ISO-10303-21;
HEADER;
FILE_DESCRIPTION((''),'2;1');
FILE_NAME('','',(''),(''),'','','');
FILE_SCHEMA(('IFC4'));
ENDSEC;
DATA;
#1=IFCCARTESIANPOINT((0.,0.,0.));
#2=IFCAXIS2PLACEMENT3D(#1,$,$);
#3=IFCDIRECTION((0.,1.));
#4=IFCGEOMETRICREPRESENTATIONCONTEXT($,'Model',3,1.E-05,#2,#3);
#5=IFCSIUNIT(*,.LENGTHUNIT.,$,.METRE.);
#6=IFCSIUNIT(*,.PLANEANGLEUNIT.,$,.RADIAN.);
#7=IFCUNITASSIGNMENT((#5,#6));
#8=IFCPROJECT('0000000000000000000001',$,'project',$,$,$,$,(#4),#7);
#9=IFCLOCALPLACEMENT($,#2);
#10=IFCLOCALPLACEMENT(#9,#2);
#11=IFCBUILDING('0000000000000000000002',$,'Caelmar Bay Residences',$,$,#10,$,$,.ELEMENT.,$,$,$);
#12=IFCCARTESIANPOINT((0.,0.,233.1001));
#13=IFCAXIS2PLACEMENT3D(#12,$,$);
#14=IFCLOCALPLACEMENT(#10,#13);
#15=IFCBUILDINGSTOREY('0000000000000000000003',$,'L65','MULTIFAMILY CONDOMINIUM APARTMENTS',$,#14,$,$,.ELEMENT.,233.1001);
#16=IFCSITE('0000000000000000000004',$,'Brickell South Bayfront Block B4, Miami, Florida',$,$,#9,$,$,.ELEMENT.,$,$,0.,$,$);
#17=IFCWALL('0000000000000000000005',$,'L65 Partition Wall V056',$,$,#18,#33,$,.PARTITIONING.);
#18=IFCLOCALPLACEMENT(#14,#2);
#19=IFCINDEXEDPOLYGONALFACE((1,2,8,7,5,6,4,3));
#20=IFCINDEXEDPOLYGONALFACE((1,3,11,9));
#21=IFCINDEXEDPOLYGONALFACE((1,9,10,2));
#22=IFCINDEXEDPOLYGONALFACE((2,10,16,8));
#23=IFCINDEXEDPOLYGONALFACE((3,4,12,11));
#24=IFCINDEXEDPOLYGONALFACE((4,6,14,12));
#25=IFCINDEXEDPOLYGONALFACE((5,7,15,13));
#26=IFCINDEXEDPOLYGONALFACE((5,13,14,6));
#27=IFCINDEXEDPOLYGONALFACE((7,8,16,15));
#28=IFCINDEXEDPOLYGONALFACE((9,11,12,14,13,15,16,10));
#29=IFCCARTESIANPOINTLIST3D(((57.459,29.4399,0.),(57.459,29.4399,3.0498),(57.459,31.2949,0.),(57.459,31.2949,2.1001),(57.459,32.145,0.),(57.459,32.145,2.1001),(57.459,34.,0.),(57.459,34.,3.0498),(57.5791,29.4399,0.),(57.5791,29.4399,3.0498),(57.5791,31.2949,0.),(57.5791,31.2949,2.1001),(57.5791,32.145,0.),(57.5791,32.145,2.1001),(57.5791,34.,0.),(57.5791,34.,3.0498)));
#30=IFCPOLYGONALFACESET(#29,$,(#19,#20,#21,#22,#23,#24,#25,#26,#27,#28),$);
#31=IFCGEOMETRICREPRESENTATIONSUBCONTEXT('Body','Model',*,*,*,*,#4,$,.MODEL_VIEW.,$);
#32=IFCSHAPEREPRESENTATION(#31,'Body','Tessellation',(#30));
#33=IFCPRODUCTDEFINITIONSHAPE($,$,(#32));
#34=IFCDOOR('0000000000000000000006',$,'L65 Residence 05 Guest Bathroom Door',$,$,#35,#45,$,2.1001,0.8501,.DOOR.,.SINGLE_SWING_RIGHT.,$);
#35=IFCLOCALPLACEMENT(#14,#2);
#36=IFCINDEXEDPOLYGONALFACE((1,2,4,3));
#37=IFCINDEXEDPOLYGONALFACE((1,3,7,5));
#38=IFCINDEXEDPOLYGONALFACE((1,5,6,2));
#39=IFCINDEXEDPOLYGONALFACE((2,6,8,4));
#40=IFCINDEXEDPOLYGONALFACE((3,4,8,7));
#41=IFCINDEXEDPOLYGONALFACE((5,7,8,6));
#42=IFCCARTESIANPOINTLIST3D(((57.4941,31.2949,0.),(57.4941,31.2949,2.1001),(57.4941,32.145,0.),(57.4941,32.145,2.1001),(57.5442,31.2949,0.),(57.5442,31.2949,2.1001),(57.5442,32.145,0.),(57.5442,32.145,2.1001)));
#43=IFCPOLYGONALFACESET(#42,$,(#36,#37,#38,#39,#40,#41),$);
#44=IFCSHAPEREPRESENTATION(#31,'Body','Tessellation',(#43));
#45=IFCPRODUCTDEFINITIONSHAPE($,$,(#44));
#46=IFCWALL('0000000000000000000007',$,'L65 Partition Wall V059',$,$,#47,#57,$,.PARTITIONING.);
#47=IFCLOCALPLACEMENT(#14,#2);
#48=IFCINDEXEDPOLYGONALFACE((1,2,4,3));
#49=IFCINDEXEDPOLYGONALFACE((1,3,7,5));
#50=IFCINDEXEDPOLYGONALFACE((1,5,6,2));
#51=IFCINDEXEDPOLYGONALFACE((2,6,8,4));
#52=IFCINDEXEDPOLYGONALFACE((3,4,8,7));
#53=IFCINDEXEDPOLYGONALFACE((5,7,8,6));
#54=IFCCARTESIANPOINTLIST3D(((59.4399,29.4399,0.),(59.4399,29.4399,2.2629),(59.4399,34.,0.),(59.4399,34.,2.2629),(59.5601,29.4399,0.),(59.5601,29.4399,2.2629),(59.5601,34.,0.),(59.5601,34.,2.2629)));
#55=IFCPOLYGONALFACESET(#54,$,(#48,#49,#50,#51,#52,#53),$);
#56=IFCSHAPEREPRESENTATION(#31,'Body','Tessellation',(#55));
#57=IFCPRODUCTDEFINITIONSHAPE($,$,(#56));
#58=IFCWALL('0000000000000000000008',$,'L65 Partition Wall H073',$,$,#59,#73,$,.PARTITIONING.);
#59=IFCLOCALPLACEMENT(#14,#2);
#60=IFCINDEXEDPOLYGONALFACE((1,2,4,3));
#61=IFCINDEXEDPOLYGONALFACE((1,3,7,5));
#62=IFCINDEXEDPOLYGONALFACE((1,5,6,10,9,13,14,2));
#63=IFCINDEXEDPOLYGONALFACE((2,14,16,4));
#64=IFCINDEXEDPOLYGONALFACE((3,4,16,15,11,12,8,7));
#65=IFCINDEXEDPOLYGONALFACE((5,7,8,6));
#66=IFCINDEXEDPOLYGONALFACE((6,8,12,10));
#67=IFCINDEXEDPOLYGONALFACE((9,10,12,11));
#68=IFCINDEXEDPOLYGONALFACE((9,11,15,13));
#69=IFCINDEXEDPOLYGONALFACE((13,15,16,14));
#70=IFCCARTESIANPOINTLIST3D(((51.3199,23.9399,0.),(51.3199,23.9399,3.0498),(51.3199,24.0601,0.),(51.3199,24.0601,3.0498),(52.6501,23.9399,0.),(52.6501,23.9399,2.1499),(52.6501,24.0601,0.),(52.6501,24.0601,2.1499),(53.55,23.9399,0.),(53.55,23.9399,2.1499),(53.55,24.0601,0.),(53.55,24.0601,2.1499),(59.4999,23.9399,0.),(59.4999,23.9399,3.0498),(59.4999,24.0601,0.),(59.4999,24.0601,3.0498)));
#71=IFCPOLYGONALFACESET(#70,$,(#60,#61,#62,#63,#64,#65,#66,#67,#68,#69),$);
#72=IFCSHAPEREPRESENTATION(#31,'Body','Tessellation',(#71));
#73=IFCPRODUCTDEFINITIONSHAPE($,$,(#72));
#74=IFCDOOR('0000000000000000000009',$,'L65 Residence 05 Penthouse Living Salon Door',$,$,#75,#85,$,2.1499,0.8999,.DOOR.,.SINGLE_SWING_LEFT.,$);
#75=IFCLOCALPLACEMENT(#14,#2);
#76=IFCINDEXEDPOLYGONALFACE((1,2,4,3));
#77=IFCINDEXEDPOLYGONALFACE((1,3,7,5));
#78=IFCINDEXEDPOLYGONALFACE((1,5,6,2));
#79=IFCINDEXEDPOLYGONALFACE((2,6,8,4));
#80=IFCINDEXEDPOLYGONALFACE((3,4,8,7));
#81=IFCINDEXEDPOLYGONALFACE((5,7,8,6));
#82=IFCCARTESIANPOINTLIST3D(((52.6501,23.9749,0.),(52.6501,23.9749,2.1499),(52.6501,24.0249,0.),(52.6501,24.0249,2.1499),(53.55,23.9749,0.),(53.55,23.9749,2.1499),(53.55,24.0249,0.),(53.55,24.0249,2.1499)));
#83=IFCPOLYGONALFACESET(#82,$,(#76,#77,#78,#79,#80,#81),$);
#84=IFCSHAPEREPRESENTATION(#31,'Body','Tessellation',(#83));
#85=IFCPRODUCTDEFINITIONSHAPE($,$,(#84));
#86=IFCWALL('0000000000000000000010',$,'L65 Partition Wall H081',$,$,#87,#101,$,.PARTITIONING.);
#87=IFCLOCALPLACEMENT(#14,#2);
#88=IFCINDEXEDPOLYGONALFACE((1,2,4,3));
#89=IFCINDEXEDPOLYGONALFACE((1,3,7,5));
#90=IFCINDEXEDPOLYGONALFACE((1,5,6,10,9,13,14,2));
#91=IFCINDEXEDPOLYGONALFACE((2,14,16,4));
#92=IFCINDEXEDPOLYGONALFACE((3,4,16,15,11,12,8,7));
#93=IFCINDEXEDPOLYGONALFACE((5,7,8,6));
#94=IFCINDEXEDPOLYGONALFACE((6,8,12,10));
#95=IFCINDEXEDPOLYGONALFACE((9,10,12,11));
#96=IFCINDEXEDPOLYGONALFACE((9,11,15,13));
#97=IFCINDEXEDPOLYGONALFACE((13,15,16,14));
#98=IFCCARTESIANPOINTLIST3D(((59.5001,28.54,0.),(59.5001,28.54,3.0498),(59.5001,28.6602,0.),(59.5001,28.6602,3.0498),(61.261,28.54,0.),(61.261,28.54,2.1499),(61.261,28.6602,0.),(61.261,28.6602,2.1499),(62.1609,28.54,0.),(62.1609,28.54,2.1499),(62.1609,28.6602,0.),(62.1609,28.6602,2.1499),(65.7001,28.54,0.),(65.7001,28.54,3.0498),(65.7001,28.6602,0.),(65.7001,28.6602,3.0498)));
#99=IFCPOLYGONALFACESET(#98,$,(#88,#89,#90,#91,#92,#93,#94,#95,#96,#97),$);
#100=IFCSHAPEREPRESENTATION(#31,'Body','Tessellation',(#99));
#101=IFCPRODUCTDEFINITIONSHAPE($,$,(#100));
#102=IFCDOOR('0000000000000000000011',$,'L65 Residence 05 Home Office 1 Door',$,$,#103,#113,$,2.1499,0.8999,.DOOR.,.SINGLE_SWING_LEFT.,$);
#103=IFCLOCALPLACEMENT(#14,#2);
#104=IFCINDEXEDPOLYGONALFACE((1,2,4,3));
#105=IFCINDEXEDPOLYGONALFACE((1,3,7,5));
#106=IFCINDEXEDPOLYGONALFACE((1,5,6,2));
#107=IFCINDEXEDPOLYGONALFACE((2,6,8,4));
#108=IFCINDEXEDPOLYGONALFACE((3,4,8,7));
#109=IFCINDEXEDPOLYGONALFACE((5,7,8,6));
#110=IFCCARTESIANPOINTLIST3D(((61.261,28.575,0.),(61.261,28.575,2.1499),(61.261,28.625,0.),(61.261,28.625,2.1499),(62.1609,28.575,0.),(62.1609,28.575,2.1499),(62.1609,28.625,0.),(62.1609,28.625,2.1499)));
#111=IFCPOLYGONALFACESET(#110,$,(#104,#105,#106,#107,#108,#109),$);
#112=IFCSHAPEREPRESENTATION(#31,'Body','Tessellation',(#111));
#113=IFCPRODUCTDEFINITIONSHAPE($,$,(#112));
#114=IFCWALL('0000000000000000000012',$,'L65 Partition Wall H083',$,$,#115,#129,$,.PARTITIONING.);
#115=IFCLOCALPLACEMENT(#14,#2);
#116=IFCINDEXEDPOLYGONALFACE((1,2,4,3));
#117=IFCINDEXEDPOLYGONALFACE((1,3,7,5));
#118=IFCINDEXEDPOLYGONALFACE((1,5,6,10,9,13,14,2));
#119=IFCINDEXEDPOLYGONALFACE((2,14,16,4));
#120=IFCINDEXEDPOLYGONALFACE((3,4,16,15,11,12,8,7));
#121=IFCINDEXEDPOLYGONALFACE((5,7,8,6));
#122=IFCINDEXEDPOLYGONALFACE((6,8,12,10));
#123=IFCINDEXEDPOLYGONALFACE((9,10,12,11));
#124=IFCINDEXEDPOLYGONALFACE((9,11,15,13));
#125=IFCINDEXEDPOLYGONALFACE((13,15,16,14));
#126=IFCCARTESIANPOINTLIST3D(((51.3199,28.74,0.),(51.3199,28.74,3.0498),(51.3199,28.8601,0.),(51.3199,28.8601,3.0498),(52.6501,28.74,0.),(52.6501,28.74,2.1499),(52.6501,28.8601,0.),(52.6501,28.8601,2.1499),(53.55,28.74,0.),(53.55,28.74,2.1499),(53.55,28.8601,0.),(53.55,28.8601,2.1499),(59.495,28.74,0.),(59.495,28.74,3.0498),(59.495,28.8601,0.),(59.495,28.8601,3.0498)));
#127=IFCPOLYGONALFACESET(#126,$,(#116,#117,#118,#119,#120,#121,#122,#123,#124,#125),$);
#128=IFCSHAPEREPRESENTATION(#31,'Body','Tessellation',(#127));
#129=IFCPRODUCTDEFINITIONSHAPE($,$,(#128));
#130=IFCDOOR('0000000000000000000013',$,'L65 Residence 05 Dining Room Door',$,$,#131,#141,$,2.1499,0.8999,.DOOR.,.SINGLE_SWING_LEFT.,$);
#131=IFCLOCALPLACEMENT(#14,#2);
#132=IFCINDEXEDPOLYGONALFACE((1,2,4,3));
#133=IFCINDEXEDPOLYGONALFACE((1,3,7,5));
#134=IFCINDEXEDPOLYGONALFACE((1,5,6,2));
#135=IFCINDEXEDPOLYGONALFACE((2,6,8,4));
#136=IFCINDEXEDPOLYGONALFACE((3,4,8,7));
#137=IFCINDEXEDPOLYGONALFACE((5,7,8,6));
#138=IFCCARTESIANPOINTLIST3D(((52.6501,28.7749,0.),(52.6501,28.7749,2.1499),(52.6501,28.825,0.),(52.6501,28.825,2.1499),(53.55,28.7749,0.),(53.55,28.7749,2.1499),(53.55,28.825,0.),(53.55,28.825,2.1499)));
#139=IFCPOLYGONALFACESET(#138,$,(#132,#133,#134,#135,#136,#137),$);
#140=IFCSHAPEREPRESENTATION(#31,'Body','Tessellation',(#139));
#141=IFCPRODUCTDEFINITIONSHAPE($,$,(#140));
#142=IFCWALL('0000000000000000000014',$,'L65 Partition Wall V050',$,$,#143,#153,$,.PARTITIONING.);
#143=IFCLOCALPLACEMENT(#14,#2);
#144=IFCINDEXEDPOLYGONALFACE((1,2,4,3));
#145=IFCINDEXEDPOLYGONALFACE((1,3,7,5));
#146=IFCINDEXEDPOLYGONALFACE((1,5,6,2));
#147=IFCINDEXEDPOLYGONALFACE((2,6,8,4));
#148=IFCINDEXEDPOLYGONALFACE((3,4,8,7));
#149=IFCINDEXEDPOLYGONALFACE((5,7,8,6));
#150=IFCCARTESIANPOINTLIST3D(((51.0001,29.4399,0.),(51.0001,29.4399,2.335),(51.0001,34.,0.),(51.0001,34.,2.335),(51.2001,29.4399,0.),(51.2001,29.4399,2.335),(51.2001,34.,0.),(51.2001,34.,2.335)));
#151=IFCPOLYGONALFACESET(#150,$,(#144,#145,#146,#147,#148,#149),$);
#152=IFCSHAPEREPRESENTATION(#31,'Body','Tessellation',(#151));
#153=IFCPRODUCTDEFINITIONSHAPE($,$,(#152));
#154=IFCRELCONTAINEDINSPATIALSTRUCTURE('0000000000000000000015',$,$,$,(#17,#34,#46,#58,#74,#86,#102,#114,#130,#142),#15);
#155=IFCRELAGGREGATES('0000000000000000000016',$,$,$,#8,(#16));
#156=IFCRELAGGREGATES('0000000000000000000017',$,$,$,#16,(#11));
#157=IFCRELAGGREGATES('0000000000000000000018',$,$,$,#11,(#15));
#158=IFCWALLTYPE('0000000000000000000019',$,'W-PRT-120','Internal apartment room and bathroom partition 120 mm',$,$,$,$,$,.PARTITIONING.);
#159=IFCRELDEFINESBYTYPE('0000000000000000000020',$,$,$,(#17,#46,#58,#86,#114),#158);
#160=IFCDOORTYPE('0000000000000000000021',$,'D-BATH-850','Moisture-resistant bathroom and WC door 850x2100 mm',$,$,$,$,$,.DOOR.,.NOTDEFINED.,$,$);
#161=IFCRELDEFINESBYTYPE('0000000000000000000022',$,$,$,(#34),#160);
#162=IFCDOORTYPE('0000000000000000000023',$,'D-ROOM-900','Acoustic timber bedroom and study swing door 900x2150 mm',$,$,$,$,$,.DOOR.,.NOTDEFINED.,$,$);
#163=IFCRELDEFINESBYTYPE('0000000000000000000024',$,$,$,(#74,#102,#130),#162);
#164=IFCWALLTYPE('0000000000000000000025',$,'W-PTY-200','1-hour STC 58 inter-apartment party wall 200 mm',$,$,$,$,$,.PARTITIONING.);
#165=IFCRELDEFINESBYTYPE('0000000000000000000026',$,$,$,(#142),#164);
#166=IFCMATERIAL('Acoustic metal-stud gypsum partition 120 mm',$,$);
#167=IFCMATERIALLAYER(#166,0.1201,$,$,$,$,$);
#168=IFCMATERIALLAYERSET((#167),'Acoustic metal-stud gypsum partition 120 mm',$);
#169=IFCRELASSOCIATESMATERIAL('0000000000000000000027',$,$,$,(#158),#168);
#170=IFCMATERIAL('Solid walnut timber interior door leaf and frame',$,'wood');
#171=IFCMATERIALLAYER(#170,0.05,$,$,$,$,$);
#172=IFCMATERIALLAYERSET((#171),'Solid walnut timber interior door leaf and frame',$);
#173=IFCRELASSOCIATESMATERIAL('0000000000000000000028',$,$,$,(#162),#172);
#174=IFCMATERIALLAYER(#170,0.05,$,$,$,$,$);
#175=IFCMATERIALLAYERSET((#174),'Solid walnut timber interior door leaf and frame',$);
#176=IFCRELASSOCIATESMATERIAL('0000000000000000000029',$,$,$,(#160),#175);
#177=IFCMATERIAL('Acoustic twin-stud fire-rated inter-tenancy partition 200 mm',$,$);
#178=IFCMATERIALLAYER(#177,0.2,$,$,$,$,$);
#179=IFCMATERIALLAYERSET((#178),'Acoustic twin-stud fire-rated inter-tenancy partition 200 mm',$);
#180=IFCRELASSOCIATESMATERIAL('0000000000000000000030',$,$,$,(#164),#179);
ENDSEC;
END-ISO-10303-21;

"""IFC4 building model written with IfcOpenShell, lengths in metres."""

from ifc_helpers import new_model, si_unit, direction, frame, frame_2d, origin, place, context, subcontext, project, spatial, rectangle, extrude, material, layer, layer_set, type_object, element, fill, save


model = new_model("IFC4")

# Units and contexts
model_context = context("Model", 3, precision=1e-05, world=origin(), true_north=direction((0.0, 1.0)))
body_context = subcontext(model_context, "Body", "Model", "MODEL_VIEW")
ifc_project = project(units=[si_unit("LENGTHUNIT", "METRE"), si_unit("PLANEANGLEUNIT", "RADIAN")], contexts=[model_context])

# Site, building, storey
site_placement = place(None, origin())
site = spatial("IfcSite", under=ifc_project, at=site_placement, Name="Brickell South Bayfront Block B4, Miami, Florida", CompositionType="ELEMENT", RefElevation=0.0)
building_placement = place(site_placement, origin())
building = spatial("IfcBuilding", under=site, at=building_placement, Name="Caelmar Bay Residences", CompositionType="ELEMENT")
storey_placement = place(building_placement, frame((0.0, 0.0, 233.1001)))
storey = spatial("IfcBuildingStorey", under=building, at=storey_placement, Name="L65", Description="MULTIFAMILY CONDOMINIUM APARTMENTS", CompositionType="ELEMENT", Elevation=233.1001)

# Shared definitions
ifc_material_1 = material(Name="Acoustic metal-stud gypsum partition 120 mm")
ifc_layer_1 = layer(ifc_material_1, 0.1201)
ifc_layer_set_1 = layer_set([ifc_layer_1], Name="Acoustic metal-stud gypsum partition 120 mm")
wall_type_1 = type_object("IfcWallType", Name="W-PRT-120", Description="Internal apartment room and bathroom partition 120 mm", PredefinedType="PARTITIONING", material=ifc_layer_set_1)
ifc_material_2 = material(Name="Solid walnut timber interior door leaf and frame", Category="wood")
ifc_layer_2 = layer(ifc_material_2, 0.05)
ifc_layer_set_2 = layer_set([ifc_layer_2], Name="Solid walnut timber interior door leaf and frame")
door_type_1 = type_object("IfcDoorType", Name="D-ROOM-900", Description="Acoustic timber bedroom and study swing door 900x2150 mm", OperationType="NOTDEFINED", PredefinedType="DOOR", material=ifc_layer_set_2)

# Wall, opening, door
wall_1_placement = place(storey_placement, frame((57.519, 29.4399, 0.0), z_axis=(0.0, 0.0, 1.0), x_axis=(0.0, 1.0, 0.0)))
wall_1 = element("IfcWall", 1, at=wall_1_placement, inside=storey, type_object=wall_type_1, Name="L65 Partition Wall V056", PredefinedType="PARTITIONING", context=body_context, shape_type="SweptSolid", body=[
    extrude(rectangle(XDim=4.5601, YDim=0.1201, at=frame_2d((2.28, 0.0))), origin(), (0.0, 0.0, 1.0), 3.0498),
])
opening_1_placement = place(wall_1_placement, frame((1.855, 0.0, 0.0)))
opening_1 = element("IfcOpeningElement", 2, at=opening_1_placement, cuts=wall_1, PredefinedType="OPENING", context=body_context, shape_type="SweptSolid", body=[
    extrude(rectangle(XDim=0.8501, YDim=2.1001, at=frame_2d((0.425, 1.05))), frame((0.0, 0.0701, 0.0), z_axis=(0.0, -1.0, 0.0), x_axis=(1.0, 0.0, 0.0)), (0.0, 0.0, 1.0), 0.1401),
])
ifc_layer_3 = layer(ifc_material_2, 0.05)
ifc_layer_set_3 = layer_set([ifc_layer_3], Name="Solid walnut timber interior door leaf and frame")
door_type_2 = type_object("IfcDoorType", Name="D-BATH-850", Description="Moisture-resistant bathroom and WC door 850x2100 mm", OperationType="NOTDEFINED", PredefinedType="DOOR", material=ifc_layer_set_3)
door_1_placement = place(opening_1_placement, origin())
door_1 = element("IfcDoor", 3, at=door_1_placement, inside=storey, type_object=door_type_2, Name="L65 Residence 05 Guest Bathroom Door", OperationType="SINGLE_SWING_RIGHT", OverallHeight=2.1001, OverallWidth=0.8501, PredefinedType="DOOR", context=body_context, shape_type="SweptSolid", body=[
    extrude(rectangle(XDim=0.8501, YDim=2.1001, at=frame_2d((0.425, 1.05))), frame((0.0, 0.0249, 0.0), z_axis=(0.0, -1.0, 0.0), x_axis=(1.0, 0.0, 0.0)), (0.0, 0.0, 1.0), 0.05),
])
fill(opening_1, door_1)

# Wall
wall_2_placement = place(storey_placement, frame((59.5, 29.4399, 0.0), z_axis=(0.0, 0.0, 1.0), x_axis=(0.0, 1.0, 0.0)))
element("IfcWall", 4, at=wall_2_placement, inside=storey, type_object=wall_type_1, Name="L65 Partition Wall V059", PredefinedType="PARTITIONING", context=body_context, shape_type="SweptSolid", body=[
    extrude(rectangle(XDim=4.5601, YDim=0.1201, at=frame_2d((2.28, 0.0))), origin(), (0.0, 0.0, 1.0), 2.2629),
])

# Walls, openings, doors
wall_3_placement = place(storey_placement, frame((51.3201, 24.0, 0.0), z_axis=(0.0, 0.0, 1.0), x_axis=(1.0, 0.0, 0.0)))
wall_3 = element("IfcWall", 5, at=wall_3_placement, inside=storey, type_object=wall_type_1, Name="L65 Partition Wall H073", PredefinedType="PARTITIONING", context=body_context, shape_type="SweptSolid", body=[
    extrude(rectangle(XDim=8.1799, YDim=0.1201, at=frame_2d((4.0898, 0.0))), origin(), (0.0, 0.0, 1.0), 3.0498),
])
opening_2_placement = place(wall_3_placement, frame((1.3301, 0.0, 0.0)))
opening_2 = element("IfcOpeningElement", 6, at=opening_2_placement, cuts=wall_3, PredefinedType="OPENING", context=body_context, shape_type="SweptSolid", body=[
    extrude(rectangle(XDim=0.8999, YDim=2.1499, at=frame_2d((0.45, 1.075))), frame((0.0, 0.0701, 0.0), z_axis=(0.0, -1.0, 0.0), x_axis=(1.0, 0.0, 0.0)), (0.0, 0.0, 1.0), 0.1401),
])
door_2_placement = place(opening_2_placement, origin())
door_2 = element("IfcDoor", 7, at=door_2_placement, inside=storey, type_object=door_type_1, Name="L65 Residence 05 Penthouse Living Salon Door", OperationType="SINGLE_SWING_LEFT", OverallHeight=2.1499, OverallWidth=0.8999, PredefinedType="DOOR", context=body_context, shape_type="SweptSolid", body=[
    extrude(rectangle(XDim=0.8999, YDim=2.1499, at=frame_2d((0.45, 1.075))), frame((0.0, 0.0249, 0.0), z_axis=(0.0, -1.0, 0.0), x_axis=(1.0, 0.0, 0.0)), (0.0, 0.0, 1.0), 0.05),
])
fill(opening_2, door_2)
wall_4_placement = place(storey_placement, frame((59.5, 28.6001, 0.0), z_axis=(0.0, 0.0, 1.0), x_axis=(1.0, 0.0, 0.0)))
wall_4 = element("IfcWall", 8, at=wall_4_placement, inside=storey, type_object=wall_type_1, Name="L65 Partition Wall H081", PredefinedType="PARTITIONING", context=body_context, shape_type="SweptSolid", body=[
    extrude(rectangle(XDim=6.2, YDim=0.1201, at=frame_2d((3.1001, 0.0))), origin(), (0.0, 0.0, 1.0), 3.0498),
])
opening_3_placement = place(wall_4_placement, frame((1.761, 0.0, 0.0)))
opening_3 = element("IfcOpeningElement", 9, at=opening_3_placement, cuts=wall_4, PredefinedType="OPENING", context=body_context, shape_type="SweptSolid", body=[
    extrude(rectangle(XDim=0.8999, YDim=2.1499, at=frame_2d((0.45, 1.075))), frame((0.0, 0.0701, 0.0), z_axis=(0.0, -1.0, 0.0), x_axis=(1.0, 0.0, 0.0)), (0.0, 0.0, 1.0), 0.1401),
])
door_3_placement = place(opening_3_placement, origin())
door_3 = element("IfcDoor", 10, at=door_3_placement, inside=storey, type_object=door_type_1, Name="L65 Residence 05 Home Office 1 Door", OperationType="SINGLE_SWING_LEFT", OverallHeight=2.1499, OverallWidth=0.8999, PredefinedType="DOOR", context=body_context, shape_type="SweptSolid", body=[
    extrude(rectangle(XDim=0.8999, YDim=2.1499, at=frame_2d((0.45, 1.075))), frame((0.0, 0.0249, 0.0), z_axis=(0.0, -1.0, 0.0), x_axis=(1.0, 0.0, 0.0)), (0.0, 0.0, 1.0), 0.05),
])
fill(opening_3, door_3)
wall_5_placement = place(storey_placement, frame((51.3201, 28.8, 0.0), z_axis=(0.0, 0.0, 1.0), x_axis=(1.0, 0.0, 0.0)))
wall_5 = element("IfcWall", 11, at=wall_5_placement, inside=storey, type_object=wall_type_1, Name="L65 Partition Wall H083", PredefinedType="PARTITIONING", context=body_context, shape_type="SweptSolid", body=[
    extrude(rectangle(XDim=8.175, YDim=0.1201, at=frame_2d((4.0874, 0.0))), origin(), (0.0, 0.0, 1.0), 3.0498),
])
opening_4_placement = place(wall_5_placement, frame((1.3301, 0.0, 0.0)))
opening_4 = element("IfcOpeningElement", 12, at=opening_4_placement, cuts=wall_5, PredefinedType="OPENING", context=body_context, shape_type="SweptSolid", body=[
    extrude(rectangle(XDim=0.8999, YDim=2.1499, at=frame_2d((0.45, 1.075))), frame((0.0, 0.0701, 0.0), z_axis=(0.0, -1.0, 0.0), x_axis=(1.0, 0.0, 0.0)), (0.0, 0.0, 1.0), 0.1401),
])
door_4_placement = place(opening_4_placement, origin())
door_4 = element("IfcDoor", 13, at=door_4_placement, inside=storey, type_object=door_type_1, Name="L65 Residence 05 Dining Room Door", OperationType="SINGLE_SWING_LEFT", OverallHeight=2.1499, OverallWidth=0.8999, PredefinedType="DOOR", context=body_context, shape_type="SweptSolid", body=[
    extrude(rectangle(XDim=0.8999, YDim=2.1499, at=frame_2d((0.45, 1.075))), frame((0.0, 0.0249, 0.0), z_axis=(0.0, -1.0, 0.0), x_axis=(1.0, 0.0, 0.0)), (0.0, 0.0, 1.0), 0.05),
])
fill(opening_4, door_4)

# Wall
ifc_material_3 = material(Name="Acoustic twin-stud fire-rated inter-tenancy partition 200 mm")
ifc_layer_4 = layer(ifc_material_3, 0.2)
ifc_layer_set_4 = layer_set([ifc_layer_4], Name="Acoustic twin-stud fire-rated inter-tenancy partition 200 mm")
wall_type_2 = type_object("IfcWallType", Name="W-PTY-200", Description="1-hour STC 58 inter-apartment party wall 200 mm", PredefinedType="PARTITIONING", material=ifc_layer_set_4)
wall_6_placement = place(storey_placement, frame((51.1001, 29.4399, 0.0), z_axis=(0.0, 0.0, 1.0), x_axis=(0.0, 1.0, 0.0)))
element("IfcWall", 14, at=wall_6_placement, inside=storey, type_object=wall_type_2, Name="L65 Partition Wall V050", PredefinedType="PARTITIONING", context=body_context, shape_type="SweptSolid", body=[
    extrude(rectangle(XDim=4.5601, YDim=0.2, at=frame_2d((2.28, 0.0))), origin(), (0.0, 0.0, 1.0), 2.335),
])

save(model, "model.ifc")
